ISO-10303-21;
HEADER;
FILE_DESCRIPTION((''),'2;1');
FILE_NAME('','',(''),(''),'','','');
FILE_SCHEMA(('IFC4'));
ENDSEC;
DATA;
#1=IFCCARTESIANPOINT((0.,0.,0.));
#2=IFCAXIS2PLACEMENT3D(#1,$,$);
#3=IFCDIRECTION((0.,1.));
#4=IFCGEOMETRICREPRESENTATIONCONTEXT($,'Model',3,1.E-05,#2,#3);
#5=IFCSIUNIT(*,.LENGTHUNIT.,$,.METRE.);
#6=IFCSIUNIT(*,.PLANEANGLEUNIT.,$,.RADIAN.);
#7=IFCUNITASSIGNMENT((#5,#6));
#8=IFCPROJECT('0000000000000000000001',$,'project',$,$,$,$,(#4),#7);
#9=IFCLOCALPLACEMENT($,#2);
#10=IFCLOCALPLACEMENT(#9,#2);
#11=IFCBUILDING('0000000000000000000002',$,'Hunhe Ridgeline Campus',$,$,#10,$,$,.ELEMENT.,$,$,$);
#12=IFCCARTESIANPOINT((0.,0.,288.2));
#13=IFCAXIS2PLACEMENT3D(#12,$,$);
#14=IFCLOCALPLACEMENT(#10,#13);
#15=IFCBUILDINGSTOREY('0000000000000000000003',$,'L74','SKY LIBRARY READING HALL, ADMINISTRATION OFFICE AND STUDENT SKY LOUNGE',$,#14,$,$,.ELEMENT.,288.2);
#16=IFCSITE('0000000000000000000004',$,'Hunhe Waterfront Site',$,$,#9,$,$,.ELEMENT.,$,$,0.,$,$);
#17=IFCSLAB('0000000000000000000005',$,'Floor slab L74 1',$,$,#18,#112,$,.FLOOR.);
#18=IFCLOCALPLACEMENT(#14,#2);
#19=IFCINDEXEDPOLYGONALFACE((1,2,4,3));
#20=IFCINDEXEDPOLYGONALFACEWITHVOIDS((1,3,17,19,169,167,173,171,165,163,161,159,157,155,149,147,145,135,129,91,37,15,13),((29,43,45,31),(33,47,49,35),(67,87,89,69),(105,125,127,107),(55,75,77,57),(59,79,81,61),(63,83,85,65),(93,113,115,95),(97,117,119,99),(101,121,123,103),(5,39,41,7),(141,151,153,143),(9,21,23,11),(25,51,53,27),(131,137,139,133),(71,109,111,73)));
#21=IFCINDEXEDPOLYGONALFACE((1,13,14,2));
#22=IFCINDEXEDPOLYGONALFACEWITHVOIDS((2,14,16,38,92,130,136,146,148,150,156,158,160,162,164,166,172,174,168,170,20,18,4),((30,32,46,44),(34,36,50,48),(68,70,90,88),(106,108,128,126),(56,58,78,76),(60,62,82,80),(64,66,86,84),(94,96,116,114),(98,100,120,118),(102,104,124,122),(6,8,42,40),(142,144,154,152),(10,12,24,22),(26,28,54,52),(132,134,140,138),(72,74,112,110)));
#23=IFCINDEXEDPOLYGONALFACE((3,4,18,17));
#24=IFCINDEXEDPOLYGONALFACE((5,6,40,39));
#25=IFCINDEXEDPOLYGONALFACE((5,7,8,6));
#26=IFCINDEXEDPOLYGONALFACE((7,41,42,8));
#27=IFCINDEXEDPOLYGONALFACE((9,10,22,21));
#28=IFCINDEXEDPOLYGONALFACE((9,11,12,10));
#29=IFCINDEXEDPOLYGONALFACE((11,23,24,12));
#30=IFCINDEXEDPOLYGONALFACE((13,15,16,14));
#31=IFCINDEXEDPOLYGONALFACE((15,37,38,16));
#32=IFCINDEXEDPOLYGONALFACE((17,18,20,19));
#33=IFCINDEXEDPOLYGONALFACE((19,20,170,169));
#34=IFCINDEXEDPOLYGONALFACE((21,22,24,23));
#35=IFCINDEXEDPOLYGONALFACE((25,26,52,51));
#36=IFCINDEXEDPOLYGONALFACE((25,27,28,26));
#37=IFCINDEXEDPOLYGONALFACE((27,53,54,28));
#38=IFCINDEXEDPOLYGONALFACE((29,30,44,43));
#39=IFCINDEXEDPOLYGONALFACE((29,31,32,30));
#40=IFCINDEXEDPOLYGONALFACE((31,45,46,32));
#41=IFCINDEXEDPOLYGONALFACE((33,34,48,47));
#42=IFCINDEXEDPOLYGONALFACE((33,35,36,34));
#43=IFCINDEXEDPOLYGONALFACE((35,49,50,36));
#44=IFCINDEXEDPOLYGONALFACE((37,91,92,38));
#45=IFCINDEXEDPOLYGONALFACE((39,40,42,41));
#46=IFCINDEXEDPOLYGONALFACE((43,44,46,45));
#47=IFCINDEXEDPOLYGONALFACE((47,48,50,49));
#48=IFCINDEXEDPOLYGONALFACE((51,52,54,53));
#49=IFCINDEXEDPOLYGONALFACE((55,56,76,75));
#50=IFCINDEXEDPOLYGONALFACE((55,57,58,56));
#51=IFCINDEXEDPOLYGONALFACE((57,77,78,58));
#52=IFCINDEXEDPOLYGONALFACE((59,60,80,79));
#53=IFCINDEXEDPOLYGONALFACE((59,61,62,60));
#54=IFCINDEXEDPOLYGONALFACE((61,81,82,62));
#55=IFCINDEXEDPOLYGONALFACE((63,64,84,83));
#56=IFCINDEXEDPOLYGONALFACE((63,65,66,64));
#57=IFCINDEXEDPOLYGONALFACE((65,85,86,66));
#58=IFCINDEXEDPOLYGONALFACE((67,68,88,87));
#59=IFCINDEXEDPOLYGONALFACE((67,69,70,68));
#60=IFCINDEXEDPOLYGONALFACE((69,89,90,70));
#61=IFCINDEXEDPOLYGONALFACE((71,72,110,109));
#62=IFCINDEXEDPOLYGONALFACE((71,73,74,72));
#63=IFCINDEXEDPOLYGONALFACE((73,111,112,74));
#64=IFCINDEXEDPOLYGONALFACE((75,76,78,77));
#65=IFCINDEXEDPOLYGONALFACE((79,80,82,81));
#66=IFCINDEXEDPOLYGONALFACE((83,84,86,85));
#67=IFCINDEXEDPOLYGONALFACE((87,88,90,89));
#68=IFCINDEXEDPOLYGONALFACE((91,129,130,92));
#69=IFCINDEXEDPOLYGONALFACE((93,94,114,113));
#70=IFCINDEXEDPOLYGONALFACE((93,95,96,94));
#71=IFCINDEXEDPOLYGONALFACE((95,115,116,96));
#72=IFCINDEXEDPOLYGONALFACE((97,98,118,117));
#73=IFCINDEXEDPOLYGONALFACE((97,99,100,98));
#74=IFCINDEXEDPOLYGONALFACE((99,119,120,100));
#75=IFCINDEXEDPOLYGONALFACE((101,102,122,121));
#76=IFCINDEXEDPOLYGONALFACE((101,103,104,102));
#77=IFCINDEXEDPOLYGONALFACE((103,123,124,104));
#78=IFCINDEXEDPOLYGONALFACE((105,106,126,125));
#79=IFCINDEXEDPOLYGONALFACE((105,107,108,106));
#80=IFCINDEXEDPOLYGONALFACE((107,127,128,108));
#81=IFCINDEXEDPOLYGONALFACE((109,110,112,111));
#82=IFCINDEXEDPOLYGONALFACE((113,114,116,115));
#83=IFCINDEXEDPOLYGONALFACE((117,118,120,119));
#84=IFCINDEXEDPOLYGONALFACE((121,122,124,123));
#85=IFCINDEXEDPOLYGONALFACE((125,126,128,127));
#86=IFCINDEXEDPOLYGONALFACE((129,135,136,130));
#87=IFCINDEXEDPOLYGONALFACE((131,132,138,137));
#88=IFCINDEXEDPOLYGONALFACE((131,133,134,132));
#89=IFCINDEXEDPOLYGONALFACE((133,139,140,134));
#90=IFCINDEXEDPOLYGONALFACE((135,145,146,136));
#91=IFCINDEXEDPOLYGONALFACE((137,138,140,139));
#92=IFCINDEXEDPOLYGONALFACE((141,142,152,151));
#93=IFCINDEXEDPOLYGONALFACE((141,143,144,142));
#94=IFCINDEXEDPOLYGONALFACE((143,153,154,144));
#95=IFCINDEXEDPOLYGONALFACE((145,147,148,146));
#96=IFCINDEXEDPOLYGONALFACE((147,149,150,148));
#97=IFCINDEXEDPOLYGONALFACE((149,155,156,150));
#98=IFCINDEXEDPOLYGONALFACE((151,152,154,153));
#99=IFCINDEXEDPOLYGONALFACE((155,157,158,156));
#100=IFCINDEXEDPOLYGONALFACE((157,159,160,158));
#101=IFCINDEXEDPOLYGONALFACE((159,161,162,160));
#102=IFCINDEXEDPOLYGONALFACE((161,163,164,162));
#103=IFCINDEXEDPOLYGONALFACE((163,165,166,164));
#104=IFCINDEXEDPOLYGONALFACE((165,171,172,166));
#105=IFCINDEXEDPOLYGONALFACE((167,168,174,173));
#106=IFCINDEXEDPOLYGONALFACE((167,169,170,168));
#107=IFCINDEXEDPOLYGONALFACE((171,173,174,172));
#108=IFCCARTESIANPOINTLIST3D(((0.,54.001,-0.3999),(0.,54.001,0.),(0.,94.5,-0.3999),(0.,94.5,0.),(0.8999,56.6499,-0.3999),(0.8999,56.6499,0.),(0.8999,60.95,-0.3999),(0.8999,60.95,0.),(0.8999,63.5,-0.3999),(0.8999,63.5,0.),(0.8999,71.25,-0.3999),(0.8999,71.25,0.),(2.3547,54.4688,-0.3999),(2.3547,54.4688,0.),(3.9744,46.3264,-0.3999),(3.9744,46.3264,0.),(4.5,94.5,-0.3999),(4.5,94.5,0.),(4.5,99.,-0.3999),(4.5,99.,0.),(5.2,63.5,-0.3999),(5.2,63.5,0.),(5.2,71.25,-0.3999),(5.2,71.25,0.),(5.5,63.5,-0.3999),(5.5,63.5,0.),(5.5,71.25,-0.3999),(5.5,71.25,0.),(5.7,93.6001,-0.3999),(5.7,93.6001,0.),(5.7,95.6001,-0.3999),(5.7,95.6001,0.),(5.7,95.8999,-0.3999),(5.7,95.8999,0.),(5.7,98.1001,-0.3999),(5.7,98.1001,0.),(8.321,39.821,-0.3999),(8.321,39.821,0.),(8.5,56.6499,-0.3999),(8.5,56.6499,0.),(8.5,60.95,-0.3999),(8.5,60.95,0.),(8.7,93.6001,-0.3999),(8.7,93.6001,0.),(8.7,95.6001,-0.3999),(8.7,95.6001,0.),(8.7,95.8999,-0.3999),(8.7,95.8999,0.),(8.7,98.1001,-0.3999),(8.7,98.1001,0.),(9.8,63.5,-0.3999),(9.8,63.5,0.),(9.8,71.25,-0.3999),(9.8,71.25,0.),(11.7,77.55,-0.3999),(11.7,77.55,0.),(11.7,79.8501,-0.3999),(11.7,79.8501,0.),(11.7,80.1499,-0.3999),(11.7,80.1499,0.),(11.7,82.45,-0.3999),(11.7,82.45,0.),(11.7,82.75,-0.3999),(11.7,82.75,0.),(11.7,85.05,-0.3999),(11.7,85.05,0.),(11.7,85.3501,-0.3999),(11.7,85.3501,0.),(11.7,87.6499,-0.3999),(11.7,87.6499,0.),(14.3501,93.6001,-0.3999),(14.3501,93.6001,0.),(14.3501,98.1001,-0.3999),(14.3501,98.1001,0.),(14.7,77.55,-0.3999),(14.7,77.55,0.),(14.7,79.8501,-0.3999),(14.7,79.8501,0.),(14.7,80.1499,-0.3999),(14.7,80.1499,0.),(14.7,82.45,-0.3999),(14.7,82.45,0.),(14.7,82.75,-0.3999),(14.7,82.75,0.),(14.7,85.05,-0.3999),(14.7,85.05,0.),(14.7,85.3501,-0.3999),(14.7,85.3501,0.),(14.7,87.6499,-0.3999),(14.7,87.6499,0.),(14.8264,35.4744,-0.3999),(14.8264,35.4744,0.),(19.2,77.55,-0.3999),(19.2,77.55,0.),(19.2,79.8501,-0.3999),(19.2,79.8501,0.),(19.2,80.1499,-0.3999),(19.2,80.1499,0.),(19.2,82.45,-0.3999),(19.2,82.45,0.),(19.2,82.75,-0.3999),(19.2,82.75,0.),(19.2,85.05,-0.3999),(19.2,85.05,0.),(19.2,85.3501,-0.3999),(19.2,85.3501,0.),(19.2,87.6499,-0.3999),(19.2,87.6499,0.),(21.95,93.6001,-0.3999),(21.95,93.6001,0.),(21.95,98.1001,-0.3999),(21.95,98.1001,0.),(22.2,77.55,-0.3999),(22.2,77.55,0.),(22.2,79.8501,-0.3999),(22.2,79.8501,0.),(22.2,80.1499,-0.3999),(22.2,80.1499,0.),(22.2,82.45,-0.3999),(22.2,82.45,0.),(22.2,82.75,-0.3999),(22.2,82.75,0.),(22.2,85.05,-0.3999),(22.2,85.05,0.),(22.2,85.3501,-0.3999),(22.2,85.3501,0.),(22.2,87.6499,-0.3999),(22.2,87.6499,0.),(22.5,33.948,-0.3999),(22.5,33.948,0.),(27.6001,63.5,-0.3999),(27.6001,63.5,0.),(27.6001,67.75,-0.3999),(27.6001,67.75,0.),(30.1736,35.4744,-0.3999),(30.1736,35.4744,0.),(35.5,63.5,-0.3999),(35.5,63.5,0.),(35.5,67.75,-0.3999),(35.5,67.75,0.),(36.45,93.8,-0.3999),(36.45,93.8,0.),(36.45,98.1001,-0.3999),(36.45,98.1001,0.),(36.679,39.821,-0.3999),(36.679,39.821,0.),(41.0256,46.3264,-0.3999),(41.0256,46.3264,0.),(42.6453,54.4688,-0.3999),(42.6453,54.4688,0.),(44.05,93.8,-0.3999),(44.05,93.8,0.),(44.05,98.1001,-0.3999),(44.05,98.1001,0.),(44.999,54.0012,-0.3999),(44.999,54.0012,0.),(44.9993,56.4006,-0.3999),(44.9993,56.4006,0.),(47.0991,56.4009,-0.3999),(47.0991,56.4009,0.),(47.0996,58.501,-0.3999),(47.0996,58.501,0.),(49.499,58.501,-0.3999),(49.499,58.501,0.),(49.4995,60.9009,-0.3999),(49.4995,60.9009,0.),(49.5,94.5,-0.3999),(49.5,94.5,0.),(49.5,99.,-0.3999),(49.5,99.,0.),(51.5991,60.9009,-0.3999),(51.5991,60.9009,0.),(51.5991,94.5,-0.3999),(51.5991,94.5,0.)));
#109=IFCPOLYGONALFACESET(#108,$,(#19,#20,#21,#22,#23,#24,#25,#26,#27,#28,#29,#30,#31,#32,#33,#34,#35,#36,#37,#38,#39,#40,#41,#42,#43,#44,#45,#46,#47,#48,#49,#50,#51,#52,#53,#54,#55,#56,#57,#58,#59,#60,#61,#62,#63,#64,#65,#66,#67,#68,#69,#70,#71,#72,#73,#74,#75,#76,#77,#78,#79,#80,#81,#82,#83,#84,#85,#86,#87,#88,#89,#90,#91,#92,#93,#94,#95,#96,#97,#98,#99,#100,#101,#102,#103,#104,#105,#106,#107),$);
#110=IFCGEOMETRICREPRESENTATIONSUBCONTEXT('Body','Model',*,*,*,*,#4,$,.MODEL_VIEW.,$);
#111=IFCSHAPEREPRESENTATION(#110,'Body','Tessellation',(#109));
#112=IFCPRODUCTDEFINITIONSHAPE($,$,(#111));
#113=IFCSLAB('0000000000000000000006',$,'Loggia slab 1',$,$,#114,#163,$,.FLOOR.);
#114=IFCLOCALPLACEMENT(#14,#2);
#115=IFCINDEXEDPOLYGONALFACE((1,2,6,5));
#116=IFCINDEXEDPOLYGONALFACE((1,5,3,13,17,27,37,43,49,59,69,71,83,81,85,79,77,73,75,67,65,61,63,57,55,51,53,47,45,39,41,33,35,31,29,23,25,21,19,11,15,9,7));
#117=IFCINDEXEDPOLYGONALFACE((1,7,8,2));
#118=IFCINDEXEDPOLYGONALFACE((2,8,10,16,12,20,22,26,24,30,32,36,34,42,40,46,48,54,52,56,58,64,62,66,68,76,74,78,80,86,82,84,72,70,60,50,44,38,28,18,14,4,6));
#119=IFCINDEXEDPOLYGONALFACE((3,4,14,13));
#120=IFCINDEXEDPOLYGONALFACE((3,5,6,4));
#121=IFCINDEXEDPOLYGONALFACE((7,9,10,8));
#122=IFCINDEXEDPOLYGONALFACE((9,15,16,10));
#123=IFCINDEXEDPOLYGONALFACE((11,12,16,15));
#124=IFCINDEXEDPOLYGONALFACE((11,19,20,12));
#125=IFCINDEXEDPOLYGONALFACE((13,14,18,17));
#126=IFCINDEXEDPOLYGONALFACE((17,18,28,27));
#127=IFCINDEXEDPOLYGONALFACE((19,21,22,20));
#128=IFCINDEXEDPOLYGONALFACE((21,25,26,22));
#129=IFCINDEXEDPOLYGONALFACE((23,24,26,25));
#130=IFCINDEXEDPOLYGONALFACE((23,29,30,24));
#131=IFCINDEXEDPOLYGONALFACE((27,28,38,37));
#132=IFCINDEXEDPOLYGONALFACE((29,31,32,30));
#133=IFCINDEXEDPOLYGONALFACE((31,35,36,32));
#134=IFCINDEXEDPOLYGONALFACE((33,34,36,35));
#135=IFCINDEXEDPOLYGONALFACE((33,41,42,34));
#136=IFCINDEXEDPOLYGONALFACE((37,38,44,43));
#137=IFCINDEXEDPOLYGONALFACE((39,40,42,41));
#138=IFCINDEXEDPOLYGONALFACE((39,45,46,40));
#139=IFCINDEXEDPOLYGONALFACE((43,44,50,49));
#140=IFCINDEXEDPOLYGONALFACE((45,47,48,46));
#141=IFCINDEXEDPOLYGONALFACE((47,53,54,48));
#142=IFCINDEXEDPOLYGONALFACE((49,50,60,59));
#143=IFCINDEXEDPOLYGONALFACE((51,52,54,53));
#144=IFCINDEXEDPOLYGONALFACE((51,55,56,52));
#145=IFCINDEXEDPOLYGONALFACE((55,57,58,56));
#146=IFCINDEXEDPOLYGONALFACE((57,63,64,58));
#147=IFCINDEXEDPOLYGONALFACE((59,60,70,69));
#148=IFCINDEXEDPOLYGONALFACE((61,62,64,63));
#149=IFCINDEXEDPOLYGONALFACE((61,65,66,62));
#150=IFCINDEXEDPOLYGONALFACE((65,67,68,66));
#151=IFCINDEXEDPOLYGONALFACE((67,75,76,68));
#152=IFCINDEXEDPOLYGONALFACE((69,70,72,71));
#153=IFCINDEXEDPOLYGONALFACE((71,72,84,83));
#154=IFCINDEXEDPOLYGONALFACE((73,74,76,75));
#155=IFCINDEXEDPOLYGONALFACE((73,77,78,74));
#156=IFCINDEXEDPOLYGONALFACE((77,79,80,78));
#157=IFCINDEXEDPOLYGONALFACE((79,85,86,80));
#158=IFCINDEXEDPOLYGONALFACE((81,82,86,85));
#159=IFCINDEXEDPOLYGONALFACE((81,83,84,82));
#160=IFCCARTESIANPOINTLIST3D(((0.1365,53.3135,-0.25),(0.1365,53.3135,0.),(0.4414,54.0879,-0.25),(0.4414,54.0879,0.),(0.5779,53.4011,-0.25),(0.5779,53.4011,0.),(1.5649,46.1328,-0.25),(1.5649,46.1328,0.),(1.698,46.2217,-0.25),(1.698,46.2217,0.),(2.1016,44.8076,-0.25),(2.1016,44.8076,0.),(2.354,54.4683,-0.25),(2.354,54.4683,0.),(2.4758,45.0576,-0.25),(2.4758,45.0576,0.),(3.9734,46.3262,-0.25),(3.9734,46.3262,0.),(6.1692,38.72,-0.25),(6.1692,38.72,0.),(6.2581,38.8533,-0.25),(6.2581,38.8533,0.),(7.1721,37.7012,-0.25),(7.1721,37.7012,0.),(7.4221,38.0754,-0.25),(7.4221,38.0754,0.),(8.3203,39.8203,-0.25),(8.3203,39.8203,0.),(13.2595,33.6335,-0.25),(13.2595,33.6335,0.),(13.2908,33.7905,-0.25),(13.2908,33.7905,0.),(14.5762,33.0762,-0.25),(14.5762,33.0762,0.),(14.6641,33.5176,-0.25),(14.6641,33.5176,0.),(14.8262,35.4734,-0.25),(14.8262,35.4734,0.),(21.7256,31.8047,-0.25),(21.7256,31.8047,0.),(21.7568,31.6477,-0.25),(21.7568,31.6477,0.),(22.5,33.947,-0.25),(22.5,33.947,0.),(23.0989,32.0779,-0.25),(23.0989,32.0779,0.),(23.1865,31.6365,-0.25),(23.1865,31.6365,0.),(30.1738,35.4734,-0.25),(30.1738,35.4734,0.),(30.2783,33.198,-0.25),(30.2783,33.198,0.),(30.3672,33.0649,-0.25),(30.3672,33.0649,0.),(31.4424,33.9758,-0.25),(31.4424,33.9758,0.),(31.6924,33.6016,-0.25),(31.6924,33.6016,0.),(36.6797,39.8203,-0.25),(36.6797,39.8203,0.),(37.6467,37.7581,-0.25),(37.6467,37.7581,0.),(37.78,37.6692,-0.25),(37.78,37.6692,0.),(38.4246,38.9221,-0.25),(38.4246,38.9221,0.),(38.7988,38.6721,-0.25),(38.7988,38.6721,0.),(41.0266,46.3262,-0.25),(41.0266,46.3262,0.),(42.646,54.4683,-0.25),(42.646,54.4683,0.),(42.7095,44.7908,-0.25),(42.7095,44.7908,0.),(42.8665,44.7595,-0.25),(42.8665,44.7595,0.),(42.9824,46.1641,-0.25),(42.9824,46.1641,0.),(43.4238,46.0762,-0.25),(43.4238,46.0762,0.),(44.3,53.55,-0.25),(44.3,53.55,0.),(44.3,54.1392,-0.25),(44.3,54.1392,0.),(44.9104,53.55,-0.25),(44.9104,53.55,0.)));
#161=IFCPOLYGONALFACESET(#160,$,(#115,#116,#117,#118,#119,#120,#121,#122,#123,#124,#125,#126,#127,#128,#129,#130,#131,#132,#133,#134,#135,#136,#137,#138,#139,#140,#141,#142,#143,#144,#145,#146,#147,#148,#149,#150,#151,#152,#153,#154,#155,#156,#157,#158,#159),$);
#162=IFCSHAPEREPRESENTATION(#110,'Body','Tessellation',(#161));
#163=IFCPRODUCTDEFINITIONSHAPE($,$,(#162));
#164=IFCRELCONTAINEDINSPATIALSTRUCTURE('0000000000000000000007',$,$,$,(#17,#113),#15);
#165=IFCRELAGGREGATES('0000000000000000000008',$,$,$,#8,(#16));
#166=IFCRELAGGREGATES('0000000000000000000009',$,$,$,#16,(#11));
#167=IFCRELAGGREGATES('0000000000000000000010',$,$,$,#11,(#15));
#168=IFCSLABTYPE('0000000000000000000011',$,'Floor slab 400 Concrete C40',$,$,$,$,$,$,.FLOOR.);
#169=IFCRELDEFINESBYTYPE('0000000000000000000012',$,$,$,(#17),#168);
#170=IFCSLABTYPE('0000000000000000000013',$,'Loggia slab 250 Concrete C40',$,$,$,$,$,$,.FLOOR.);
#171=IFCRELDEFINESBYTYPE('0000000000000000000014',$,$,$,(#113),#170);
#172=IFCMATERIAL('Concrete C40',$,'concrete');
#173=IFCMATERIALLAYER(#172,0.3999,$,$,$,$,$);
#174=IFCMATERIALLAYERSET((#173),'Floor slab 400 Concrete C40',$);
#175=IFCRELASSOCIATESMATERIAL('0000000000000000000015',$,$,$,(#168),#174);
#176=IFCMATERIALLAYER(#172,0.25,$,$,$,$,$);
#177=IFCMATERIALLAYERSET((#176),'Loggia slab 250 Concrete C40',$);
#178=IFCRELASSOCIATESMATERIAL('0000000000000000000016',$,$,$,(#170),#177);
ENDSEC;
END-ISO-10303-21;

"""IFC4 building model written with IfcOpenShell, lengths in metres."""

from ifc_helpers import new_model, si_unit, direction, frame, origin, place, context, subcontext, project, spatial, polyline, outline, extrude, material, layer, layer_set, type_object, element, save


model = new_model("IFC4")

# Units and contexts
model_context = context("Model", 3, precision=1e-05, world=origin(), true_north=direction((0.0, 1.0)))
body_context = subcontext(model_context, "Body", "Model", "MODEL_VIEW")
ifc_project = project(units=[si_unit("LENGTHUNIT", "METRE"), si_unit("PLANEANGLEUNIT", "RADIAN")], contexts=[model_context])

# Site, building, storey
site_placement = place(None, origin())
site = spatial("IfcSite", under=ifc_project, at=site_placement, Name="Hunhe Waterfront Site", CompositionType="ELEMENT", RefElevation=0.0)
building_placement = place(site_placement, origin())
building = spatial("IfcBuilding", under=site, at=building_placement, Name="Hunhe Ridgeline Campus", CompositionType="ELEMENT")
storey_placement = place(building_placement, frame((0.0, 0.0, 288.2)))
storey = spatial("IfcBuildingStorey", under=building, at=storey_placement, Name="L74", Description="SKY LIBRARY READING HALL, ADMINISTRATION OFFICE AND STUDENT SKY LOUNGE", CompositionType="ELEMENT", Elevation=288.2)

# Slabs
ifc_material_1 = material(Name="Concrete C40", Category="concrete")
ifc_layer_1 = layer(ifc_material_1, 0.3999)
ifc_layer_set_1 = layer_set([ifc_layer_1], Name="Floor slab 400 Concrete C40")
slab_type_1 = type_object("IfcSlabType", Name="Floor slab 400 Concrete C40", PredefinedType="FLOOR", material=ifc_layer_set_1)
slab_1_placement = place(storey_placement, frame((0.0, 0.0, -0.3999)))
element("IfcSlab", 1, at=slab_1_placement, inside=storey, type_object=slab_type_1, Name="Floor slab L74 1", PredefinedType="FLOOR", context=body_context, shape_type="SweptSolid", body=[
    extrude(outline(polyline([(36.679, 39.821), (41.0256, 46.3264), (42.6453, 54.4688), (44.999, 54.0012), (44.9993, 56.4006), (47.0991, 56.4009), (47.0996, 58.501), (49.499, 58.501), (49.4995, 60.9009), (51.5991, 60.9009), (51.5991, 94.5), (49.5, 94.5), (49.5, 99.0), (4.5, 99.0), (4.5, 94.5), (0.0, 94.5), (0.0, 54.001), (2.3547, 54.4688), (3.9744, 46.3264), (8.321, 39.821), (14.8264, 35.4744), (22.5, 33.948), (30.1736, 35.4744), (36.679, 39.821)]), holes=[polyline([(44.05, 98.1001), (36.45, 98.1001), (36.45, 93.8), (44.05, 93.8), (44.05, 98.1001)]), polyline([(27.6001, 67.75), (27.6001, 63.5), (35.5, 63.5), (35.5, 67.75), (27.6001, 67.75)]), polyline([(22.2, 85.3501), (22.2, 87.6499), (19.2, 87.6499), (19.2, 85.3501), (22.2, 85.3501)]), polyline([(22.2, 85.05), (19.2, 85.05), (19.2, 82.75), (22.2, 82.75), (22.2, 85.05)]), polyline([(19.2, 82.45), (19.2, 80.1499), (22.2, 80.1499), (22.2, 82.45), (19.2, 82.45)]), polyline([(19.2, 77.55), (22.2, 77.55), (22.2, 79.8501), (19.2, 79.8501), (19.2, 77.55)]), polyline([(21.95, 98.1001), (14.3501, 98.1001), (14.3501, 93.6001), (21.95, 93.6001), (21.95, 98.1001)]), polyline([(14.7, 85.3501), (14.7, 87.6499), (11.7, 87.6499), (11.7, 85.3501), (14.7, 85.3501)]), polyline([(14.7, 85.05), (11.7, 85.05), (11.7, 82.75), (14.7, 82.75), (14.7, 85.05)]), polyline([(11.7, 82.45), (11.7, 80.1499), (14.7, 80.1499), (14.7, 82.45), (11.7, 82.45)]), polyline([(11.7, 77.55), (14.7, 77.55), (14.7, 79.8501), (11.7, 79.8501), (11.7, 77.55)]), polyline([(5.5, 63.5), (9.8, 63.5), (9.8, 71.25), (5.5, 71.25), (5.5, 63.5)]), polyline([(5.7, 98.1001), (5.7, 95.8999), (8.7, 95.8999), (8.7, 98.1001), (5.7, 98.1001)]), polyline([(5.7, 93.6001), (8.7, 93.6001), (8.7, 95.6001), (5.7, 95.6001), (5.7, 93.6001)]), polyline([(0.8999, 60.95), (0.8999, 56.6499), (8.5, 56.6499), (8.5, 60.95), (0.8999, 60.95)]), polyline([(5.2, 63.5), (5.2, 71.25), (0.8999, 71.25), (0.8999, 63.5), (5.2, 63.5)])]), origin(), (0.0, 0.0, 1.0), 0.3999),
])
ifc_layer_2 = layer(ifc_material_1, 0.25)
ifc_layer_set_2 = layer_set([ifc_layer_2], Name="Loggia slab 250 Concrete C40")
slab_type_2 = type_object("IfcSlabType", Name="Loggia slab 250 Concrete C40", PredefinedType="FLOOR", material=ifc_layer_set_2)
slab_2_placement = place(storey_placement, frame((0.0, 0.0, -0.25)))
element("IfcSlab", 2, at=slab_2_placement, inside=storey, type_object=slab_type_2, Name="Loggia slab 1", PredefinedType="FLOOR", context=body_context, shape_type="SweptSolid", body=[
    extrude(outline(polyline([(30.1738, 35.4734), (22.5, 33.947), (14.8262, 35.4734), (8.3203, 39.8203), (3.9734, 46.3262), (2.354, 54.4683), (0.4414, 54.0879), (0.5779, 53.4011), (0.1365, 53.3135), (1.5649, 46.1328), (1.698, 46.2217), (2.4758, 45.0576), (2.1016, 44.8076), (6.1692, 38.72), (6.2581, 38.8533), (7.4221, 38.0754), (7.1721, 37.7012), (13.2595, 33.6335), (13.2908, 33.7905), (14.6641, 33.5176), (14.5762, 33.0762), (21.7568, 31.6477), (21.7256, 31.8047), (23.0989, 32.0779), (23.1865, 31.6365), (30.3672, 33.0649), (30.2783, 33.198), (31.4424, 33.9758), (31.6924, 33.6016), (37.78, 37.6692), (37.6467, 37.7581), (38.4246, 38.9221), (38.7988, 38.6721), (42.8665, 44.7595), (42.7095, 44.7908), (42.9824, 46.1641), (43.4238, 46.0762), (44.9104, 53.55), (44.3, 53.55), (44.3, 54.1392), (42.646, 54.4683), (41.0266, 46.3262), (36.6797, 39.8203), (30.1738, 35.4734)])), origin(), (0.0, 0.0, 1.0), 0.25),
])

save(model, "model.ifc")
